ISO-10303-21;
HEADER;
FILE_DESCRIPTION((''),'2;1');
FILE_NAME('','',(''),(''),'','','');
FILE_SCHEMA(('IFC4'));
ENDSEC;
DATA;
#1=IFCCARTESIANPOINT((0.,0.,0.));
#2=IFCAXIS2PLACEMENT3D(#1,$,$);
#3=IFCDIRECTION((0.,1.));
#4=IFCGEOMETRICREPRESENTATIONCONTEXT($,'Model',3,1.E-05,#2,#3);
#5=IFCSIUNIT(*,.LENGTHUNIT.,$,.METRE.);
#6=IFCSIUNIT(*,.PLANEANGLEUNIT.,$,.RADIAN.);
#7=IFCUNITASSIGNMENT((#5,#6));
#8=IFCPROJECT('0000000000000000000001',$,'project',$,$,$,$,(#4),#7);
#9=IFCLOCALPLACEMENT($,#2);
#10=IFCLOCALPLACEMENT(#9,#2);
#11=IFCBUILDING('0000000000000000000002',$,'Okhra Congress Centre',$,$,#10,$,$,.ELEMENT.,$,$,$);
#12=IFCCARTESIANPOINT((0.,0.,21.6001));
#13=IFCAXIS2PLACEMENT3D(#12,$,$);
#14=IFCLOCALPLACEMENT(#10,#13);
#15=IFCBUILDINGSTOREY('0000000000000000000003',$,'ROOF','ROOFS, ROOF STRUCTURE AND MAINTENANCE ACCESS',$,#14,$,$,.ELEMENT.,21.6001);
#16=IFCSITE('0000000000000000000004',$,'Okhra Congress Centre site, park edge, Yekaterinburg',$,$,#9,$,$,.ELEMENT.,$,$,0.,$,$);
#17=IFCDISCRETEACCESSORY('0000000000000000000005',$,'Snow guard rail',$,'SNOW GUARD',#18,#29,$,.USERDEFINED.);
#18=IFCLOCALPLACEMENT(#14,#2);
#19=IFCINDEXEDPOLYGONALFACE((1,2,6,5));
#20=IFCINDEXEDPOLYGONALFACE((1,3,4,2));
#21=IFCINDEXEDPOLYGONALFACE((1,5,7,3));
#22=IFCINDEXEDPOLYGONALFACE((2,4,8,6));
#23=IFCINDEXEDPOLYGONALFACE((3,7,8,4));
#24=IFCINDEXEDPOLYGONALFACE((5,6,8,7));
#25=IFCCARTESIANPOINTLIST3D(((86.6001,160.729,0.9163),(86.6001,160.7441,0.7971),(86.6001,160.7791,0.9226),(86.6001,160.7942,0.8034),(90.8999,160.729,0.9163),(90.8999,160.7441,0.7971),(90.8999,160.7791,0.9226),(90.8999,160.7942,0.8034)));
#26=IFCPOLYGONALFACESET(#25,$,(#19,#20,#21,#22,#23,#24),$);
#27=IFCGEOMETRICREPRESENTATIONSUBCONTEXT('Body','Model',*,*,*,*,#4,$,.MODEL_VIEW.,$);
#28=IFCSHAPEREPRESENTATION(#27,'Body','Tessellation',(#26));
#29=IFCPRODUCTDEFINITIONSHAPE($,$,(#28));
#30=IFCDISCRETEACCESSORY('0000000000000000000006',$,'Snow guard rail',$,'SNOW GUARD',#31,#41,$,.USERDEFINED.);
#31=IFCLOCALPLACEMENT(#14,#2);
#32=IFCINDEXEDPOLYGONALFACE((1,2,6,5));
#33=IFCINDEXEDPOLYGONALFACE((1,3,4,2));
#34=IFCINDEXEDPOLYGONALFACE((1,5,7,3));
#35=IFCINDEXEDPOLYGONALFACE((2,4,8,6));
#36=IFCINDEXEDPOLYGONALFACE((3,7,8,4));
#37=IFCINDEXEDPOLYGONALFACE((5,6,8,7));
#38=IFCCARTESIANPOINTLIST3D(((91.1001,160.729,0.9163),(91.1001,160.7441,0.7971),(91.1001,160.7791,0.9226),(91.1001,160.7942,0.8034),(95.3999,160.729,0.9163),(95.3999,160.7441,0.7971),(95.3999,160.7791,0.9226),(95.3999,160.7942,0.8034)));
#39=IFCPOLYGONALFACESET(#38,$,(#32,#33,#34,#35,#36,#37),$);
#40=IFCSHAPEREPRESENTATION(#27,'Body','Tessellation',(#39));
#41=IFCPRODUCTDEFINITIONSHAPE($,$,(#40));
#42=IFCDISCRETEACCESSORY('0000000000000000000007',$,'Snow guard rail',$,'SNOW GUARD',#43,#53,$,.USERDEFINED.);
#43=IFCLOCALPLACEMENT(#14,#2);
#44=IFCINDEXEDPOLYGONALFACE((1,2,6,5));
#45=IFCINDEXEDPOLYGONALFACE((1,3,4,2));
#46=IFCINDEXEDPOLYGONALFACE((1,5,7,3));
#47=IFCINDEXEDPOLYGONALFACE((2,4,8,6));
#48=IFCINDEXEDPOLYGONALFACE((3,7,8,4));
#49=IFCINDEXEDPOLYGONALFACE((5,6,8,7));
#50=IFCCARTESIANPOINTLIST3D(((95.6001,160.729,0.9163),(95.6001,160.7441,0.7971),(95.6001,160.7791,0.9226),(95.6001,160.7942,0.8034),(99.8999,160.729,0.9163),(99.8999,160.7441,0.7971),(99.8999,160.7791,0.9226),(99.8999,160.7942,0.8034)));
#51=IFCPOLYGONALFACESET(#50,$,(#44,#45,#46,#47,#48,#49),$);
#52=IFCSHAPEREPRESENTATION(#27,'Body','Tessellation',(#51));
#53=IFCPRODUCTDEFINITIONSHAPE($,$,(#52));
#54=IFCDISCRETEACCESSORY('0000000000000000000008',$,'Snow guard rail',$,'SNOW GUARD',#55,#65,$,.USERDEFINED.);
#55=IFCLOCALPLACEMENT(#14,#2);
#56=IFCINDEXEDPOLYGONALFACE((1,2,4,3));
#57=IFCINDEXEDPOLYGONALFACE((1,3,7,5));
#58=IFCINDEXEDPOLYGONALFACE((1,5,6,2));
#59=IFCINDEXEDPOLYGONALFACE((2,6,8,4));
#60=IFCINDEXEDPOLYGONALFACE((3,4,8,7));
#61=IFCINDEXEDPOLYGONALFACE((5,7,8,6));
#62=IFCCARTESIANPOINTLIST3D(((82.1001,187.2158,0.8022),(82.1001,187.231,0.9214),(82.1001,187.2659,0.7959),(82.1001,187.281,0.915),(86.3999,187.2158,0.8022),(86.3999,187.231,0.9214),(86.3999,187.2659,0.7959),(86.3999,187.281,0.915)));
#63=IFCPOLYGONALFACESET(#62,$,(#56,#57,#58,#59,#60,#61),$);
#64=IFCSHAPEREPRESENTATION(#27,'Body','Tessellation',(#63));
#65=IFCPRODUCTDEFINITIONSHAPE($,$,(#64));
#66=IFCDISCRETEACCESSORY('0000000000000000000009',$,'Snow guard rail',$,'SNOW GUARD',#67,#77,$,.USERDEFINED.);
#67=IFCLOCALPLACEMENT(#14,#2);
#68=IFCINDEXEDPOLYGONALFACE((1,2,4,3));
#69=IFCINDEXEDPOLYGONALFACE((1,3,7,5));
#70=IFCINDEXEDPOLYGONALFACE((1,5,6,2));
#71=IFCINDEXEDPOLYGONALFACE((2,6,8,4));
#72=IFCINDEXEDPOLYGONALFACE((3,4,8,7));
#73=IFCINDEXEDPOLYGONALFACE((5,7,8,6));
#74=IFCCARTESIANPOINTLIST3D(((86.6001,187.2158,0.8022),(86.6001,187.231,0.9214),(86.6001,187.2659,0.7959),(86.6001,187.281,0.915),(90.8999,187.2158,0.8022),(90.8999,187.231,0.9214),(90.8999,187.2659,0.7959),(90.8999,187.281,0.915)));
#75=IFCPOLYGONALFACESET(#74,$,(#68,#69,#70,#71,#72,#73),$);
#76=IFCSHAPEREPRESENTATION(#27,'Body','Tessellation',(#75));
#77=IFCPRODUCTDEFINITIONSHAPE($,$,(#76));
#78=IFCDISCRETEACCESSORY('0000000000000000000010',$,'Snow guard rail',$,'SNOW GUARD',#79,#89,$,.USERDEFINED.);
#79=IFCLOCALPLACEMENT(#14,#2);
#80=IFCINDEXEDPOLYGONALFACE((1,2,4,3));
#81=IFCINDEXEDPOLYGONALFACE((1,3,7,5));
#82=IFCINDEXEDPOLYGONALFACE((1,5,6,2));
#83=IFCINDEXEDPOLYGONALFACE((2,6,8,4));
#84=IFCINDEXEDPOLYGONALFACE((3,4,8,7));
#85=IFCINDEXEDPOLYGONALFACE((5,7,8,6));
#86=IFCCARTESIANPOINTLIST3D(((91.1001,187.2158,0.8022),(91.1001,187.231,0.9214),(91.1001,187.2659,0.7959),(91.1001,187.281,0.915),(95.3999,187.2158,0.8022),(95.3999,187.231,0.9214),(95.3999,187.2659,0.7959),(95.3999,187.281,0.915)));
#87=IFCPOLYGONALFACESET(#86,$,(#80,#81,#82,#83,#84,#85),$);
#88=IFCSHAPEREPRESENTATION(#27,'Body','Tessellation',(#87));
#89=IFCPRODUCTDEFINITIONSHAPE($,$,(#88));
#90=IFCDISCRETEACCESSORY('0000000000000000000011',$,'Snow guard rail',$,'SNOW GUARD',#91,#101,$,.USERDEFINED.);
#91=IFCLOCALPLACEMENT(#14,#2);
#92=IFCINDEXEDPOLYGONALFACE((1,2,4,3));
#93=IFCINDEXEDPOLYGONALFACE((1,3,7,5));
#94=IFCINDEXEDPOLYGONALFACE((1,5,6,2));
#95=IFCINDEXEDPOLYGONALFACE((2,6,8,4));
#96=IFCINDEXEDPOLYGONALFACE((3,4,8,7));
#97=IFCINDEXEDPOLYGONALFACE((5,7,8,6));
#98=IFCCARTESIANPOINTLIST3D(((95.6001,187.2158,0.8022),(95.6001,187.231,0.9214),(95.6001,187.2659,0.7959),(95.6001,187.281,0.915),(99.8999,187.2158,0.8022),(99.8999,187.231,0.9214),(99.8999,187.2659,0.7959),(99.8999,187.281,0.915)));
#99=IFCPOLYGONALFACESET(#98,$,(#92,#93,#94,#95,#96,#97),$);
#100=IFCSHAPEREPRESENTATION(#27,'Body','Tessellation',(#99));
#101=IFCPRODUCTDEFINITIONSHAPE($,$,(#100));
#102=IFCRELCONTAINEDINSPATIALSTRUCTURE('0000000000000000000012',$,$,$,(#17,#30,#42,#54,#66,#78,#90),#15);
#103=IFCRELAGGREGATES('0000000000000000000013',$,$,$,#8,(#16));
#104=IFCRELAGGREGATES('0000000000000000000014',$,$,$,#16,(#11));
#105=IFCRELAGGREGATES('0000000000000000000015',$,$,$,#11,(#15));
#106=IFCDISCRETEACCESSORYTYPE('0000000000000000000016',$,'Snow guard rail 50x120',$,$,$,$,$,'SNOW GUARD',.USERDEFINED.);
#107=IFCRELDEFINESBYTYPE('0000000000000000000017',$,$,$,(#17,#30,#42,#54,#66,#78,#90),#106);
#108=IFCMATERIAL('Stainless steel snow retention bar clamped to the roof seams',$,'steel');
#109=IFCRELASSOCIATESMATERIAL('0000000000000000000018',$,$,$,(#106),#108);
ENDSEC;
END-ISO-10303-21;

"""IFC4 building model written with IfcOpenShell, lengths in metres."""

from ifc_helpers import new_model, si_unit, direction, frame, origin, place, context, subcontext, project, spatial, polyline, outline, extrude, material, type_object, element, save


model = new_model("IFC4")

# Units and contexts
model_context = context("Model", 3, precision=1e-05, world=origin(), true_north=direction((0.0, 1.0)))
body_context = subcontext(model_context, "Body", "Model", "MODEL_VIEW")
ifc_project = project(units=[si_unit("LENGTHUNIT", "METRE"), si_unit("PLANEANGLEUNIT", "RADIAN")], contexts=[model_context])

# Site, building, storey
site_placement = place(None, origin())
site = spatial("IfcSite", under=ifc_project, at=site_placement, Name="Okhra Congress Centre site, park edge, Yekaterinburg", CompositionType="ELEMENT", RefElevation=0.0)
building_placement = place(site_placement, origin())
building = spatial("IfcBuilding", under=site, at=building_placement, Name="Okhra Congress Centre", CompositionType="ELEMENT")
storey_placement = place(building_placement, frame((0.0, 0.0, 21.6001)))
storey = spatial("IfcBuildingStorey", under=building, at=storey_placement, Name="ROOF", Description="ROOFS, ROOF STRUCTURE AND MAINTENANCE ACCESS", CompositionType="ELEMENT", Elevation=21.6001)

# Discrete accessories
ifc_material_1 = material(Name="Stainless steel snow retention bar clamped to the roof seams", Category="steel")
discrete_accessory_type = type_object("IfcDiscreteAccessoryType", Name="Snow guard rail 50x120", ElementType="SNOW GUARD", PredefinedType="USERDEFINED", material=ifc_material_1)
for number, where, z_axis, x_axis, name in (
    (1, (86.6001, 160.729, 0.9163), (0.0, -0.125821, 0.992053), (1.0, 0.0, 0.0), "Snow guard rail"),
    (2, (91.1001, 160.729, 0.9163), (0.0, -0.125821, 0.992053), (1.0, 0.0, 0.0), "Snow guard rail"),
    (3, (95.6001, 160.729, 0.9163), (0.0, -0.125821, 0.992053), (1.0, 0.0, 0.0), "Snow guard rail"),
    (4, (82.1001, 187.231, 0.9214), (0.0, 0.125821, 0.992053), (1.0, 0.0, 0.0), "Snow guard rail"),
    (5, (86.6001, 187.231, 0.9214), (0.0, 0.125821, 0.992053), (1.0, 0.0, 0.0), "Snow guard rail"),
    (6, (91.1001, 187.231, 0.9214), (0.0, 0.125821, 0.992053), (1.0, 0.0, 0.0), "Snow guard rail"),
    (7, (95.6001, 187.231, 0.9214), (0.0, 0.125821, 0.992053), (1.0, 0.0, 0.0), "Snow guard rail"),
):
    element("IfcDiscreteAccessory", number, at=place(storey_placement, frame(where, z_axis=z_axis, x_axis=x_axis)), inside=storey, type_object=discrete_accessory_type, Name=name, ObjectType="SNOW GUARD", PredefinedType="USERDEFINED", context=body_context, shape_type="SweptSolid", body=[
        extrude(outline(polyline([(0.0, 0.0), (4.2998, 0.0), (4.2998, 0.0504), (0.0, 0.0504), (0.0, 0.0)])), origin(), (0.0, 0.0, -1.0), 0.1201),
    ])

save(model, "model.ifc")
